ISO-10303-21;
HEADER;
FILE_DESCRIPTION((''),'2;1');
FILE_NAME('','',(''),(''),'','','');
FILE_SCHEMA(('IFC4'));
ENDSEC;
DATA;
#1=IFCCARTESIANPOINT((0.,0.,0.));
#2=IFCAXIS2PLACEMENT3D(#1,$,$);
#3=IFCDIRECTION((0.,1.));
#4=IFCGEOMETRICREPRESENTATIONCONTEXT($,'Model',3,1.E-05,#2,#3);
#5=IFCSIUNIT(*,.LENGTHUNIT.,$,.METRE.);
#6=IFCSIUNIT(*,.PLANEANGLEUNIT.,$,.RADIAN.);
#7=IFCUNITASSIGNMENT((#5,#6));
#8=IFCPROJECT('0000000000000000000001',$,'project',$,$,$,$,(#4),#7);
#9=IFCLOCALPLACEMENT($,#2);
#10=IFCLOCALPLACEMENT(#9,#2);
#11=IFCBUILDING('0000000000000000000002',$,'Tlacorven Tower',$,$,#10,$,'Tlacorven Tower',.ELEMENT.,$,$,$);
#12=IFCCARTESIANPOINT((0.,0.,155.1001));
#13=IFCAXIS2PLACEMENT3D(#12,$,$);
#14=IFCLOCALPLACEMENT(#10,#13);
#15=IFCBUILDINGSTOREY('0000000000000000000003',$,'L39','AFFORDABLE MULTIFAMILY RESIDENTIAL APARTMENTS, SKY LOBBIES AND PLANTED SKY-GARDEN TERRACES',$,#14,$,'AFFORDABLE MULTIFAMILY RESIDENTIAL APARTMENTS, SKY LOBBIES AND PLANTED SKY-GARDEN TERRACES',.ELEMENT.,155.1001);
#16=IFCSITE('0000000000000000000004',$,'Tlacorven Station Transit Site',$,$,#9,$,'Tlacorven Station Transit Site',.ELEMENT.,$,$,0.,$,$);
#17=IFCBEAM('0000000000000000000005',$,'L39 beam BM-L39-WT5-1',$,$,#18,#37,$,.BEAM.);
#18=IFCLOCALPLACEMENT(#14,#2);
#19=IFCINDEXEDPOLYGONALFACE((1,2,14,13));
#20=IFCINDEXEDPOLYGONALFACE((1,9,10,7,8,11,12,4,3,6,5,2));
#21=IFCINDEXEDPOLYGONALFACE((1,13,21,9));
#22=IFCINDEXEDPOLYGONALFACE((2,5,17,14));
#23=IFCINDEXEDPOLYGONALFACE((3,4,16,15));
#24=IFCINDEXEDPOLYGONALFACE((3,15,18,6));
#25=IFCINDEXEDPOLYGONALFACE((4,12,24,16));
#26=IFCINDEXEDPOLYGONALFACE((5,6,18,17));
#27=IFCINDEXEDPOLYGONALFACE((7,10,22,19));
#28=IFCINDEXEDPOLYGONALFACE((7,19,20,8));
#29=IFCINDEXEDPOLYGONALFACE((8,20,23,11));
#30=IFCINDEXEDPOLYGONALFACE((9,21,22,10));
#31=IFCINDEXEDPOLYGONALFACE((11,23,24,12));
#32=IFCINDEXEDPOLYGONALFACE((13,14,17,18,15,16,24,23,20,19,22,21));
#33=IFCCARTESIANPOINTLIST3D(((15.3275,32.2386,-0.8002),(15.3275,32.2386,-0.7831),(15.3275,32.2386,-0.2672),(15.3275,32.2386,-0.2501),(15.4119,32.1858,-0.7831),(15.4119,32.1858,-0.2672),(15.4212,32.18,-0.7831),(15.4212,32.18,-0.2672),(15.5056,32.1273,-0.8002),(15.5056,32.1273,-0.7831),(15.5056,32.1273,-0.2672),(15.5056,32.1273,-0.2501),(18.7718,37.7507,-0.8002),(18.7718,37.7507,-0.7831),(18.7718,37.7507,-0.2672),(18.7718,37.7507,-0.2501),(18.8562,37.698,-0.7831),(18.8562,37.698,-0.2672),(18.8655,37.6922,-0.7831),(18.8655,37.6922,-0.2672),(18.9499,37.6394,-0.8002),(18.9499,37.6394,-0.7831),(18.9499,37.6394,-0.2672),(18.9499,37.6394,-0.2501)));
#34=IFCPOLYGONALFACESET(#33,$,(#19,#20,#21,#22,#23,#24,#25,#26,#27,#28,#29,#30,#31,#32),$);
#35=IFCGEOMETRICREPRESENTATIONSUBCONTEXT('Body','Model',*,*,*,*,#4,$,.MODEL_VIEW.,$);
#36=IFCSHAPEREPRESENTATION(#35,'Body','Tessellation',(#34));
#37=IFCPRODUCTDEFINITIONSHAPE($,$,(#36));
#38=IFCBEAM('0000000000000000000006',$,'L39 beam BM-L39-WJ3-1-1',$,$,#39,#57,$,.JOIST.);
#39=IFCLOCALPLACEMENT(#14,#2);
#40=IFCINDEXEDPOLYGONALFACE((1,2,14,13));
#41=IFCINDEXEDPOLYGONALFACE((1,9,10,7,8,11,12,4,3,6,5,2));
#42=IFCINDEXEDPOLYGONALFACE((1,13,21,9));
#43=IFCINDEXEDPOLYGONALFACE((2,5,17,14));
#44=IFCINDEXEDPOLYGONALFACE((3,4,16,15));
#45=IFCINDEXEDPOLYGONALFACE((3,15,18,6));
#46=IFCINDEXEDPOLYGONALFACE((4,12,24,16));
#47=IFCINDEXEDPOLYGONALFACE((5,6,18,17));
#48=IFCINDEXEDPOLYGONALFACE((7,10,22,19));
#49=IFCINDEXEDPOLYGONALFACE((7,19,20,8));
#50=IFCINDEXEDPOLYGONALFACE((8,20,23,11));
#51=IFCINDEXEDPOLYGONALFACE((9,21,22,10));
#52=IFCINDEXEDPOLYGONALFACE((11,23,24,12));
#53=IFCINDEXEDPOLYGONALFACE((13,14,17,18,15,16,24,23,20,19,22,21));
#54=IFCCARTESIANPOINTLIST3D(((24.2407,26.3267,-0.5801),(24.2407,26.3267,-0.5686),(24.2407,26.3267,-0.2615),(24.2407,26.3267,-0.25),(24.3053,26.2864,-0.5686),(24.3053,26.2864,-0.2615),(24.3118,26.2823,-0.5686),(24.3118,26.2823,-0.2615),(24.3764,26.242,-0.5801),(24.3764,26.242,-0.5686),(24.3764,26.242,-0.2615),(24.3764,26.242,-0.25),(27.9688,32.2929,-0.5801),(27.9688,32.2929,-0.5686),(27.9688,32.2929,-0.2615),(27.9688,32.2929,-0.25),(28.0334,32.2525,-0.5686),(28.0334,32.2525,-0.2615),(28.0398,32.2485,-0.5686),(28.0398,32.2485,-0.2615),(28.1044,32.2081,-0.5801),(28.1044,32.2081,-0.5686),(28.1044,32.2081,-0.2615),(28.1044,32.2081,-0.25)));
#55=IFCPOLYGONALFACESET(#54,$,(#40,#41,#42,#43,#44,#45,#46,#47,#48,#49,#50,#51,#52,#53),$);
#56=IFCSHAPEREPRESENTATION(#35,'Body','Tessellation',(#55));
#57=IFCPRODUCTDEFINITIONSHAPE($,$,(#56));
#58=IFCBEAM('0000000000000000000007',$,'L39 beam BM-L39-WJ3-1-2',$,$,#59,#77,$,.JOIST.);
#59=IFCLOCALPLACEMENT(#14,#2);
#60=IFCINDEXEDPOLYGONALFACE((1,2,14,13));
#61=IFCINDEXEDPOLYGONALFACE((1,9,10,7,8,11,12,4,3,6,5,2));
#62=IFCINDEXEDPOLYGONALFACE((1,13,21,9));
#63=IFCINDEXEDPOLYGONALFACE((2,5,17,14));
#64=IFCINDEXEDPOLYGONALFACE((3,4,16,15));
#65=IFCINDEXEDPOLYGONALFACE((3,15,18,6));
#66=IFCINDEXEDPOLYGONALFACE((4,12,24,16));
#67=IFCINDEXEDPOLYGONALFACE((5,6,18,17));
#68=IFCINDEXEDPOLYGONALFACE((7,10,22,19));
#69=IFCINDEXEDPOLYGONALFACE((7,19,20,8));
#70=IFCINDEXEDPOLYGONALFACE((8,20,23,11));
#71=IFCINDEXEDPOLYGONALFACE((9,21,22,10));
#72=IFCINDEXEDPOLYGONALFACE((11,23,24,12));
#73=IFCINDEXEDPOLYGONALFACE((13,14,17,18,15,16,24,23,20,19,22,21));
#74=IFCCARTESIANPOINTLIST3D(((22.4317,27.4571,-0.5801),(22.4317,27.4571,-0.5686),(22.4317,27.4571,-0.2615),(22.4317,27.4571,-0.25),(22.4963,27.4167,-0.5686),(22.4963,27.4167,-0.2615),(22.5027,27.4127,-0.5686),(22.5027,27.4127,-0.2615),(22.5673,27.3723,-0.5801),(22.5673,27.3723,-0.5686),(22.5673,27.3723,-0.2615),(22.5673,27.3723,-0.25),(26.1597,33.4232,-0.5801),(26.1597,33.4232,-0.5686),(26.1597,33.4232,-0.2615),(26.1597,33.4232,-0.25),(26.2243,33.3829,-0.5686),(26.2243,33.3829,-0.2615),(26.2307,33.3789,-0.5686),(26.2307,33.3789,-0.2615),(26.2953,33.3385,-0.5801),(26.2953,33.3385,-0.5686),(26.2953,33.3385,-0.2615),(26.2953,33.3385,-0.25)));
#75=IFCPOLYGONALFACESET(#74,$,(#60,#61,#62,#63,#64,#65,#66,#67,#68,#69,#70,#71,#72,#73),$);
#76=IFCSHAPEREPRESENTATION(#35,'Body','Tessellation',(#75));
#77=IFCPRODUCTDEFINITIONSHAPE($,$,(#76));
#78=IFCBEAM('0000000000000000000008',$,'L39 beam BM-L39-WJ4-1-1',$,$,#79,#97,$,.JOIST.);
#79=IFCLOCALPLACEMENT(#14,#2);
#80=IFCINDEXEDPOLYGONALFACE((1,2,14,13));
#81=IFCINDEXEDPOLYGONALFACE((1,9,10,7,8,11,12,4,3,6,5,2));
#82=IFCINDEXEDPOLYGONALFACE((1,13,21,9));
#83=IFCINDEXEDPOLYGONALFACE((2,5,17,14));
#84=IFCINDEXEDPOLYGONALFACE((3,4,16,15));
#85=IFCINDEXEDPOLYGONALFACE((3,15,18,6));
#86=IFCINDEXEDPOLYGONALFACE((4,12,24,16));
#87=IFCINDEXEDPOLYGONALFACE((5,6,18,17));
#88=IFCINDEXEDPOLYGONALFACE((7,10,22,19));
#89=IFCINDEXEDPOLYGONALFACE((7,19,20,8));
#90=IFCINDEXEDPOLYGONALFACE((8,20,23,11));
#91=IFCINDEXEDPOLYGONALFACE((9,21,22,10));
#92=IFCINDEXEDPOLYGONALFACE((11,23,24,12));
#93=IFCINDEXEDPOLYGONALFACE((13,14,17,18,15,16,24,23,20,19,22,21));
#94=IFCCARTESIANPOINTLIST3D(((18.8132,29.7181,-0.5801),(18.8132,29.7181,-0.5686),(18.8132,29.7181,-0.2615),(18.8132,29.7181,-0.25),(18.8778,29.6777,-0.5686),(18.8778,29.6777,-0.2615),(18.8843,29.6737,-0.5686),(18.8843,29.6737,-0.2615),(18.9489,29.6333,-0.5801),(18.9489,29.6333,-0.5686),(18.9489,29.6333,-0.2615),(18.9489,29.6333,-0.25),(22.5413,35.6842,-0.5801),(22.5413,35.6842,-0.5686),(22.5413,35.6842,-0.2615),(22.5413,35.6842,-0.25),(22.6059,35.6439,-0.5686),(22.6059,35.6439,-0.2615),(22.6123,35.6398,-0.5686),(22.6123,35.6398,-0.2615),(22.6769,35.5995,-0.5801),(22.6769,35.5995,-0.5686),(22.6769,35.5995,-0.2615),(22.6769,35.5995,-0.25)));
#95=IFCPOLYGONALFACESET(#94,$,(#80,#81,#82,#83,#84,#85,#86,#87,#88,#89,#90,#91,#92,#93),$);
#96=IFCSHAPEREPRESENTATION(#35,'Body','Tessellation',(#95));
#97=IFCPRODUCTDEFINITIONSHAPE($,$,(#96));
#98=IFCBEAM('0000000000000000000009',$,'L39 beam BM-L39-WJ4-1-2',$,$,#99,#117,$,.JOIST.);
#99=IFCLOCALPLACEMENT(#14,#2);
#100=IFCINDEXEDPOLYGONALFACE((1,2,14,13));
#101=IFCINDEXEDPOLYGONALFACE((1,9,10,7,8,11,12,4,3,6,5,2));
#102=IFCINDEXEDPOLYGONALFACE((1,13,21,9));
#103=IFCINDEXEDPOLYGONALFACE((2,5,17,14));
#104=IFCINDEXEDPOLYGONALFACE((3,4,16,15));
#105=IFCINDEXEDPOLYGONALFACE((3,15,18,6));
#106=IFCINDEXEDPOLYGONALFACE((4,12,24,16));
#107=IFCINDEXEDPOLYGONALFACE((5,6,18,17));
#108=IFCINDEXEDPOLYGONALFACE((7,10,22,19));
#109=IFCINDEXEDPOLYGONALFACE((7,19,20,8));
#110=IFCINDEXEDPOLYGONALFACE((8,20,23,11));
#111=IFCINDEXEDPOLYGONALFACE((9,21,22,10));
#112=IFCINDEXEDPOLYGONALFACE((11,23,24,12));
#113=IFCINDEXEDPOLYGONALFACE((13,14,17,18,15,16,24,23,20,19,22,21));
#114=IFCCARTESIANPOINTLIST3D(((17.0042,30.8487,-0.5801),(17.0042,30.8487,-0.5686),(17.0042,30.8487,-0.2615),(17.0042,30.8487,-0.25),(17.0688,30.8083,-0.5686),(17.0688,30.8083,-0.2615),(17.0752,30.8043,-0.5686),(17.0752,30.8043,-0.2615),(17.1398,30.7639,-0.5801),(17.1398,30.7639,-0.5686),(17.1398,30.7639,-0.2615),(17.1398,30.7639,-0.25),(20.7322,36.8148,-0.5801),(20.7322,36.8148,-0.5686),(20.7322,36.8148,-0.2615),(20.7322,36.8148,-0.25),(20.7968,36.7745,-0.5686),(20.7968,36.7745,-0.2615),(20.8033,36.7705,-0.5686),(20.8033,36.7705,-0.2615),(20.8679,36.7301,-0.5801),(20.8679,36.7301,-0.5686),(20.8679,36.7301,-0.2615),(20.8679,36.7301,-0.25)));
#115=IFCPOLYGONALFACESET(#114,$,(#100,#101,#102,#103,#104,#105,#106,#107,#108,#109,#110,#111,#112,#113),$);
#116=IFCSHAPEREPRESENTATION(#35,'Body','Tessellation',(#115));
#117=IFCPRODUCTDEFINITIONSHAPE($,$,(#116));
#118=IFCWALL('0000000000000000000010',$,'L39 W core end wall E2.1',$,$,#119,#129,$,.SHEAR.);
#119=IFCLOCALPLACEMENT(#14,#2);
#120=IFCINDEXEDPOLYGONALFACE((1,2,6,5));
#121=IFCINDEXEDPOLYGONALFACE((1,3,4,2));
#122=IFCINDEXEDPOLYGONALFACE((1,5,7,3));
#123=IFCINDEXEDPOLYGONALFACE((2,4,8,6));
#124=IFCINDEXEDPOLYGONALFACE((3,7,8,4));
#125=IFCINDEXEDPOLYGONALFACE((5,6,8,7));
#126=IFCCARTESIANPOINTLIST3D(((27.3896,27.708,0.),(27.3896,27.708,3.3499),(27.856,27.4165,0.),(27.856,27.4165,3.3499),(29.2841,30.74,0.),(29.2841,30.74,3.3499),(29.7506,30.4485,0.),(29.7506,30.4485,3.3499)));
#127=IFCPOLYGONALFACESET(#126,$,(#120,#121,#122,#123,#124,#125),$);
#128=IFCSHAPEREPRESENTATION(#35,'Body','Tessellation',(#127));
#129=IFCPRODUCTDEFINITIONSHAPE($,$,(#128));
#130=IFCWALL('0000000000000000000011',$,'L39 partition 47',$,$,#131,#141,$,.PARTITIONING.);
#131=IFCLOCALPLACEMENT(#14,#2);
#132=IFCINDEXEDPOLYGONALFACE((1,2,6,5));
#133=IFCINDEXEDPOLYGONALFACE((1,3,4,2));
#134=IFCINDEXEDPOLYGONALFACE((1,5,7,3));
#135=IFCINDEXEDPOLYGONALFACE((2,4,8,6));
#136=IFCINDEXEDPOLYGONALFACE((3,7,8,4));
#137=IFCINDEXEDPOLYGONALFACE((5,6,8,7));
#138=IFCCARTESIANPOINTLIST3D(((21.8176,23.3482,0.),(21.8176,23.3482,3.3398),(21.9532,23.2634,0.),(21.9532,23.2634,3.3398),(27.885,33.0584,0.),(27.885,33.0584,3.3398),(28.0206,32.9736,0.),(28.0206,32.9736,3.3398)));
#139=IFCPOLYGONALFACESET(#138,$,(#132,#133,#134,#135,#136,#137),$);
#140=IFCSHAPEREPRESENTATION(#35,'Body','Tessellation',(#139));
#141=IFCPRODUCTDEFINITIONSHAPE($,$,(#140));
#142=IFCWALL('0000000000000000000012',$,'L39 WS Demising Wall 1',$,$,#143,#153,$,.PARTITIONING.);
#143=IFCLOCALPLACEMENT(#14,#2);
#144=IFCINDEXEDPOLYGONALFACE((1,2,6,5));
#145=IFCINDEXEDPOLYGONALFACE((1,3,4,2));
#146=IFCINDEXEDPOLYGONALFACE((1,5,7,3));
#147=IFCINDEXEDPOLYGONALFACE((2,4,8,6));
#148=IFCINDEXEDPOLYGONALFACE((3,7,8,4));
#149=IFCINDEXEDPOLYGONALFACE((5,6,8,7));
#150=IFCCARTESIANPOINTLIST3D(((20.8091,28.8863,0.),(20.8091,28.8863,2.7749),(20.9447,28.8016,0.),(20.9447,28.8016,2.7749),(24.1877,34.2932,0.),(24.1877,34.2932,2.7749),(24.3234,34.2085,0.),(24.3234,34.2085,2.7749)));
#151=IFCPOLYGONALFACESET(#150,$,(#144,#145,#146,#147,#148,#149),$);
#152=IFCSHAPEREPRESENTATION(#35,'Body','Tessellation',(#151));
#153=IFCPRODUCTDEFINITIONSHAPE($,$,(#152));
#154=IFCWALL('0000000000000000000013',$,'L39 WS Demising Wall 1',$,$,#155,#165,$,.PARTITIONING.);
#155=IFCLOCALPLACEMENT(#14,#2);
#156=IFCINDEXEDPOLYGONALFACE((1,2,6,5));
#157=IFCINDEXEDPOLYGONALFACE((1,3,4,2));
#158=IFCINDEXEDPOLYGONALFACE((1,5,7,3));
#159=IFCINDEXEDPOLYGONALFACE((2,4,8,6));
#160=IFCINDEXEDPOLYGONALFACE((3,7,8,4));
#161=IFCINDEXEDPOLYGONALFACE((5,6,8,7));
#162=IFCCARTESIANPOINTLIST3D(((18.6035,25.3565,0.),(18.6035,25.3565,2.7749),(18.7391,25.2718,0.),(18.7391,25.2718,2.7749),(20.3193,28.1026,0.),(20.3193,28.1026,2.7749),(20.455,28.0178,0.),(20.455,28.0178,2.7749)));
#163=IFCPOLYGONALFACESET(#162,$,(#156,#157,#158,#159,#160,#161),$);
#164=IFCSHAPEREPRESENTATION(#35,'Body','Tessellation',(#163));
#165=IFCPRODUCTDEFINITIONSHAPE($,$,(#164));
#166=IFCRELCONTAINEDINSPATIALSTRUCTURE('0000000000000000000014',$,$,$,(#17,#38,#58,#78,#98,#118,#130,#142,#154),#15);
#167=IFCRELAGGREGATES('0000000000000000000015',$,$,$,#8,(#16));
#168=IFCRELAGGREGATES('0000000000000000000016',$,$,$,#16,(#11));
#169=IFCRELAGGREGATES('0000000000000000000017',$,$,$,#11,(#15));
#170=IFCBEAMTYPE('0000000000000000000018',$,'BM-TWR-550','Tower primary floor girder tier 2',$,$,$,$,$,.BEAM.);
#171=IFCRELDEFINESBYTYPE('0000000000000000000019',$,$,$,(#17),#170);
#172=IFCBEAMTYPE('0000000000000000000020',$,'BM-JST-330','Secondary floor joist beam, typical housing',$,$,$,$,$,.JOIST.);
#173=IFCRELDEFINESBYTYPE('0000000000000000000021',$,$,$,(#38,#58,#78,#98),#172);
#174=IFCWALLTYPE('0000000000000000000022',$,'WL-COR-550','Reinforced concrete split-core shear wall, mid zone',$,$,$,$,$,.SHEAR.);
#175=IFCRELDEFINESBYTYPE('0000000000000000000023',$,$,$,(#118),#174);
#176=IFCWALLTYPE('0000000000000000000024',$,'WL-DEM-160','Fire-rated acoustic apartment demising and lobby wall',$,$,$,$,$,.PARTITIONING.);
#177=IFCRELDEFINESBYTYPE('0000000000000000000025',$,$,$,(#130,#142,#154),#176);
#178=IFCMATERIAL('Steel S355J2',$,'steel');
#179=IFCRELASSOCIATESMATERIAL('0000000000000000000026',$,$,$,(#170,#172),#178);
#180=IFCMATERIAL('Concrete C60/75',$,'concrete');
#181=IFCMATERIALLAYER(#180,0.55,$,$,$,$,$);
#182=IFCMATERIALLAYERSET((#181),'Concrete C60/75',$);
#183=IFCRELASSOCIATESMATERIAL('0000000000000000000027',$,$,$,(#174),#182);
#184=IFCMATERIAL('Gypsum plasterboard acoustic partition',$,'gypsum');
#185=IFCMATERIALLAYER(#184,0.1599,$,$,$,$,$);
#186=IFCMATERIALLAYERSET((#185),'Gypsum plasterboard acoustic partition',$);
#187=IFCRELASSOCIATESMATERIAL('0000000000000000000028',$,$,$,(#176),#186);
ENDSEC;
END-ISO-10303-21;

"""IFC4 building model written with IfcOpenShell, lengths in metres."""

from ifc_helpers import new_model, si_unit, direction, frame, frame_2d, origin, origin_2d, place, context, subcontext, project, spatial, rectangle, i_section, extrude, source, transform, mapped, material, layer, layer_set, material_profile, profile_set, type_object, element, save


model = new_model("IFC4")

# Units and contexts
model_context = context("Model", 3, precision=1e-05, world=origin(), true_north=direction((0.0, 1.0)))
body_context = subcontext(model_context, "Body", "Model", "MODEL_VIEW")
ifc_project = project(units=[si_unit("LENGTHUNIT", "METRE"), si_unit("PLANEANGLEUNIT", "RADIAN")], contexts=[model_context])

# Site, building, storey
site_placement = place(None, origin())
site = spatial("IfcSite", under=ifc_project, at=site_placement, Name="Tlacorven Station Transit Site", LongName="Tlacorven Station Transit Site", CompositionType="ELEMENT", RefElevation=0.0)
building_placement = place(site_placement, origin())
building = spatial("IfcBuilding", under=site, at=building_placement, Name="Tlacorven Tower", LongName="Tlacorven Tower", CompositionType="ELEMENT")
storey_placement = place(building_placement, frame((0.0, 0.0, 155.1001)))
storey = spatial("IfcBuildingStorey", under=building, at=storey_placement, Name="L39", Description="AFFORDABLE MULTIFAMILY RESIDENTIAL APARTMENTS, SKY LOBBIES AND PLANTED SKY-GARDEN TERRACES", LongName="AFFORDABLE MULTIFAMILY RESIDENTIAL APARTMENTS, SKY LOBBIES AND PLANTED SKY-GARDEN TERRACES", CompositionType="ELEMENT", Elevation=155.1001)

# Beams
ifc_material_1 = material(Name="Steel S355J2", Category="steel")
ifc_material_profile_1 = material_profile(ifc_material_1, i_section(OverallWidth=0.21, OverallDepth=0.55, WebThickness=0.011, FlangeThickness=0.0171, at=origin_2d()), Name="IPE 550")
ifc_profile_set_1 = profile_set([ifc_material_profile_1], Name="Steel S355J2")
beam_type_1 = type_object("IfcBeamType", Name="BM-TWR-550", Description="Tower primary floor girder tier 2", PredefinedType="BEAM", material=ifc_profile_set_1)
shared_shape_1 = source(origin(), body_context, "Body", "SweptSolid", [
    extrude(i_section(OverallWidth=0.21, OverallDepth=0.55, WebThickness=0.011, FlangeThickness=0.0171, at=origin_2d()), origin(), (0.0, 0.0, 1.0), 6.4998),
])
beam_1_placement = place(storey_placement, frame((18.8608, 37.6951, -0.5251), z_axis=(-0.529911, -0.848053, 0.0), x_axis=(0.848053, -0.529911, 0.0)))
element("IfcBeam", 1, at=beam_1_placement, inside=storey, type_object=beam_type_1, Name="L39 beam BM-L39-WT5-1", PredefinedType="BEAM", context=body_context, shape_type="MappedRepresentation", body=[
    mapped(shared_shape_1, transform((0.0, 0.0, 0.0), scale=1.0)),
])
ifc_material_profile_2 = material_profile(ifc_material_1, i_section(OverallWidth=0.1599, OverallDepth=0.3301, WebThickness=0.0076, FlangeThickness=0.0115, at=origin_2d()), Name="IPE 330")
ifc_profile_set_2 = profile_set([ifc_material_profile_2], Name="Steel S355J2")
beam_type_2 = type_object("IfcBeamType", Name="BM-JST-330", Description="Secondary floor joist beam, typical housing", PredefinedType="JOIST", material=ifc_profile_set_2)
shared_shape_2 = source(origin(), body_context, "Body", "SweptSolid", [
    extrude(i_section(OverallWidth=0.1599, OverallDepth=0.3301, WebThickness=0.0076, FlangeThickness=0.0115, at=origin_2d()), origin(), (0.0, 0.0, 1.0), 7.0352),
])
for number, where, z_axis, x_axis, name in (
    (2, (28.0366, 32.2505, -0.415), (-0.529921, -0.848047, 0.0), (0.848047, -0.529921, 0.0), "L39 beam BM-L39-WJ3-1-1"),
    (3, (26.2275, 33.3809, -0.415), (-0.529921, -0.848047, 0.0), (0.848047, -0.529921, 0.0), "L39 beam BM-L39-WJ3-1-2"),
    (4, (22.6091, 35.6418, -0.415), (-0.529921, -0.848047, 0.0), (0.848047, -0.529921, 0.0), "L39 beam BM-L39-WJ4-1-1"),
    (5, (20.8, 36.7725, -0.415), (-0.529921, -0.848047, 0.0), (0.848047, -0.529921, 0.0), "L39 beam BM-L39-WJ4-1-2"),
):
    element("IfcBeam", number, at=place(storey_placement, frame(where, z_axis=z_axis, x_axis=x_axis)), inside=storey, type_object=beam_type_2, Name=name, PredefinedType="JOIST", context=body_context, shape_type="MappedRepresentation", body=[
        mapped(shared_shape_2, transform((0.0, 0.0, 0.0), scale=1.0)),
    ])

# Walls
ifc_material_2 = material(Name="Concrete C60/75", Category="concrete")
ifc_layer_1 = layer(ifc_material_2, 0.55)
ifc_layer_set_1 = layer_set([ifc_layer_1], Name="Concrete C60/75")
wall_type_1 = type_object("IfcWallType", Name="WL-COR-550", Description="Reinforced concrete split-core shear wall, mid zone", PredefinedType="SHEAR", material=ifc_layer_set_1)
wall_1_placement = place(storey_placement, frame((29.5173, 30.5942, 0.0), z_axis=(0.0, 0.0, 1.0), x_axis=(-0.529907, -0.848056, 0.0)))
element("IfcWall", 6, at=wall_1_placement, inside=storey, type_object=wall_type_1, Name="L39 W core end wall E2.1", PredefinedType="SHEAR", context=body_context, shape_type="SweptSolid", body=[
    extrude(rectangle(XDim=3.5752, YDim=0.55, at=frame_2d((1.7876, 0.0))), origin(), (0.0, 0.0, 1.0), 3.3499),
])
ifc_material_3 = material(Name="Gypsum plasterboard acoustic partition", Category="gypsum")
ifc_layer_2 = layer(ifc_material_3, 0.1599)
ifc_layer_set_2 = layer_set([ifc_layer_2], Name="Gypsum plasterboard acoustic partition")
wall_type_2 = type_object("IfcWallType", Name="WL-DEM-160", Description="Fire-rated acoustic apartment demising and lobby wall", PredefinedType="PARTITIONING", material=ifc_layer_set_2)
wall_2_placement = place(storey_placement, frame((27.9529, 33.0161, 0.0), z_axis=(0.0, 0.0, 1.0), x_axis=(-0.529905, -0.848057, 0.0)))
element("IfcWall", 7, at=wall_2_placement, inside=storey, type_object=wall_type_2, Name="L39 partition 47", PredefinedType="PARTITIONING", context=body_context, shape_type="SweptSolid", body=[
    extrude(rectangle(XDim=11.45, YDim=0.1599, at=frame_2d((5.7251, 0.0))), origin(), (0.0, 0.0, 1.0), 3.3398),
])
wall_3_placement = place(storey_placement, frame((24.2556, 34.251, 0.0), z_axis=(0.0, 0.0, 1.0), x_axis=(-0.52992, -0.848048, 0.0)))
element("IfcWall", 8, at=wall_3_placement, inside=storey, type_object=wall_type_2, Name="L39 WS Demising Wall 1", PredefinedType="PARTITIONING", context=body_context, shape_type="SweptSolid", body=[
    extrude(rectangle(XDim=6.3757, YDim=0.1599, at=frame_2d((3.188, 0.0))), origin(), (0.0, 0.0, 1.0), 2.7749),
])
wall_4_placement = place(storey_placement, frame((20.3872, 28.0603, 0.0), z_axis=(0.0, 0.0, 1.0), x_axis=(-0.52989, -0.848066, 0.0)))
element("IfcWall", 9, at=wall_4_placement, inside=storey, type_object=wall_type_2, Name="L39 WS Demising Wall 1", PredefinedType="PARTITIONING", context=body_context, shape_type="SweptSolid", body=[
    extrude(rectangle(XDim=3.238, YDim=0.1599, at=frame_2d((1.6191, 0.0))), origin(), (0.0, 0.0, 1.0), 2.7749),
])

save(model, "model.ifc")
